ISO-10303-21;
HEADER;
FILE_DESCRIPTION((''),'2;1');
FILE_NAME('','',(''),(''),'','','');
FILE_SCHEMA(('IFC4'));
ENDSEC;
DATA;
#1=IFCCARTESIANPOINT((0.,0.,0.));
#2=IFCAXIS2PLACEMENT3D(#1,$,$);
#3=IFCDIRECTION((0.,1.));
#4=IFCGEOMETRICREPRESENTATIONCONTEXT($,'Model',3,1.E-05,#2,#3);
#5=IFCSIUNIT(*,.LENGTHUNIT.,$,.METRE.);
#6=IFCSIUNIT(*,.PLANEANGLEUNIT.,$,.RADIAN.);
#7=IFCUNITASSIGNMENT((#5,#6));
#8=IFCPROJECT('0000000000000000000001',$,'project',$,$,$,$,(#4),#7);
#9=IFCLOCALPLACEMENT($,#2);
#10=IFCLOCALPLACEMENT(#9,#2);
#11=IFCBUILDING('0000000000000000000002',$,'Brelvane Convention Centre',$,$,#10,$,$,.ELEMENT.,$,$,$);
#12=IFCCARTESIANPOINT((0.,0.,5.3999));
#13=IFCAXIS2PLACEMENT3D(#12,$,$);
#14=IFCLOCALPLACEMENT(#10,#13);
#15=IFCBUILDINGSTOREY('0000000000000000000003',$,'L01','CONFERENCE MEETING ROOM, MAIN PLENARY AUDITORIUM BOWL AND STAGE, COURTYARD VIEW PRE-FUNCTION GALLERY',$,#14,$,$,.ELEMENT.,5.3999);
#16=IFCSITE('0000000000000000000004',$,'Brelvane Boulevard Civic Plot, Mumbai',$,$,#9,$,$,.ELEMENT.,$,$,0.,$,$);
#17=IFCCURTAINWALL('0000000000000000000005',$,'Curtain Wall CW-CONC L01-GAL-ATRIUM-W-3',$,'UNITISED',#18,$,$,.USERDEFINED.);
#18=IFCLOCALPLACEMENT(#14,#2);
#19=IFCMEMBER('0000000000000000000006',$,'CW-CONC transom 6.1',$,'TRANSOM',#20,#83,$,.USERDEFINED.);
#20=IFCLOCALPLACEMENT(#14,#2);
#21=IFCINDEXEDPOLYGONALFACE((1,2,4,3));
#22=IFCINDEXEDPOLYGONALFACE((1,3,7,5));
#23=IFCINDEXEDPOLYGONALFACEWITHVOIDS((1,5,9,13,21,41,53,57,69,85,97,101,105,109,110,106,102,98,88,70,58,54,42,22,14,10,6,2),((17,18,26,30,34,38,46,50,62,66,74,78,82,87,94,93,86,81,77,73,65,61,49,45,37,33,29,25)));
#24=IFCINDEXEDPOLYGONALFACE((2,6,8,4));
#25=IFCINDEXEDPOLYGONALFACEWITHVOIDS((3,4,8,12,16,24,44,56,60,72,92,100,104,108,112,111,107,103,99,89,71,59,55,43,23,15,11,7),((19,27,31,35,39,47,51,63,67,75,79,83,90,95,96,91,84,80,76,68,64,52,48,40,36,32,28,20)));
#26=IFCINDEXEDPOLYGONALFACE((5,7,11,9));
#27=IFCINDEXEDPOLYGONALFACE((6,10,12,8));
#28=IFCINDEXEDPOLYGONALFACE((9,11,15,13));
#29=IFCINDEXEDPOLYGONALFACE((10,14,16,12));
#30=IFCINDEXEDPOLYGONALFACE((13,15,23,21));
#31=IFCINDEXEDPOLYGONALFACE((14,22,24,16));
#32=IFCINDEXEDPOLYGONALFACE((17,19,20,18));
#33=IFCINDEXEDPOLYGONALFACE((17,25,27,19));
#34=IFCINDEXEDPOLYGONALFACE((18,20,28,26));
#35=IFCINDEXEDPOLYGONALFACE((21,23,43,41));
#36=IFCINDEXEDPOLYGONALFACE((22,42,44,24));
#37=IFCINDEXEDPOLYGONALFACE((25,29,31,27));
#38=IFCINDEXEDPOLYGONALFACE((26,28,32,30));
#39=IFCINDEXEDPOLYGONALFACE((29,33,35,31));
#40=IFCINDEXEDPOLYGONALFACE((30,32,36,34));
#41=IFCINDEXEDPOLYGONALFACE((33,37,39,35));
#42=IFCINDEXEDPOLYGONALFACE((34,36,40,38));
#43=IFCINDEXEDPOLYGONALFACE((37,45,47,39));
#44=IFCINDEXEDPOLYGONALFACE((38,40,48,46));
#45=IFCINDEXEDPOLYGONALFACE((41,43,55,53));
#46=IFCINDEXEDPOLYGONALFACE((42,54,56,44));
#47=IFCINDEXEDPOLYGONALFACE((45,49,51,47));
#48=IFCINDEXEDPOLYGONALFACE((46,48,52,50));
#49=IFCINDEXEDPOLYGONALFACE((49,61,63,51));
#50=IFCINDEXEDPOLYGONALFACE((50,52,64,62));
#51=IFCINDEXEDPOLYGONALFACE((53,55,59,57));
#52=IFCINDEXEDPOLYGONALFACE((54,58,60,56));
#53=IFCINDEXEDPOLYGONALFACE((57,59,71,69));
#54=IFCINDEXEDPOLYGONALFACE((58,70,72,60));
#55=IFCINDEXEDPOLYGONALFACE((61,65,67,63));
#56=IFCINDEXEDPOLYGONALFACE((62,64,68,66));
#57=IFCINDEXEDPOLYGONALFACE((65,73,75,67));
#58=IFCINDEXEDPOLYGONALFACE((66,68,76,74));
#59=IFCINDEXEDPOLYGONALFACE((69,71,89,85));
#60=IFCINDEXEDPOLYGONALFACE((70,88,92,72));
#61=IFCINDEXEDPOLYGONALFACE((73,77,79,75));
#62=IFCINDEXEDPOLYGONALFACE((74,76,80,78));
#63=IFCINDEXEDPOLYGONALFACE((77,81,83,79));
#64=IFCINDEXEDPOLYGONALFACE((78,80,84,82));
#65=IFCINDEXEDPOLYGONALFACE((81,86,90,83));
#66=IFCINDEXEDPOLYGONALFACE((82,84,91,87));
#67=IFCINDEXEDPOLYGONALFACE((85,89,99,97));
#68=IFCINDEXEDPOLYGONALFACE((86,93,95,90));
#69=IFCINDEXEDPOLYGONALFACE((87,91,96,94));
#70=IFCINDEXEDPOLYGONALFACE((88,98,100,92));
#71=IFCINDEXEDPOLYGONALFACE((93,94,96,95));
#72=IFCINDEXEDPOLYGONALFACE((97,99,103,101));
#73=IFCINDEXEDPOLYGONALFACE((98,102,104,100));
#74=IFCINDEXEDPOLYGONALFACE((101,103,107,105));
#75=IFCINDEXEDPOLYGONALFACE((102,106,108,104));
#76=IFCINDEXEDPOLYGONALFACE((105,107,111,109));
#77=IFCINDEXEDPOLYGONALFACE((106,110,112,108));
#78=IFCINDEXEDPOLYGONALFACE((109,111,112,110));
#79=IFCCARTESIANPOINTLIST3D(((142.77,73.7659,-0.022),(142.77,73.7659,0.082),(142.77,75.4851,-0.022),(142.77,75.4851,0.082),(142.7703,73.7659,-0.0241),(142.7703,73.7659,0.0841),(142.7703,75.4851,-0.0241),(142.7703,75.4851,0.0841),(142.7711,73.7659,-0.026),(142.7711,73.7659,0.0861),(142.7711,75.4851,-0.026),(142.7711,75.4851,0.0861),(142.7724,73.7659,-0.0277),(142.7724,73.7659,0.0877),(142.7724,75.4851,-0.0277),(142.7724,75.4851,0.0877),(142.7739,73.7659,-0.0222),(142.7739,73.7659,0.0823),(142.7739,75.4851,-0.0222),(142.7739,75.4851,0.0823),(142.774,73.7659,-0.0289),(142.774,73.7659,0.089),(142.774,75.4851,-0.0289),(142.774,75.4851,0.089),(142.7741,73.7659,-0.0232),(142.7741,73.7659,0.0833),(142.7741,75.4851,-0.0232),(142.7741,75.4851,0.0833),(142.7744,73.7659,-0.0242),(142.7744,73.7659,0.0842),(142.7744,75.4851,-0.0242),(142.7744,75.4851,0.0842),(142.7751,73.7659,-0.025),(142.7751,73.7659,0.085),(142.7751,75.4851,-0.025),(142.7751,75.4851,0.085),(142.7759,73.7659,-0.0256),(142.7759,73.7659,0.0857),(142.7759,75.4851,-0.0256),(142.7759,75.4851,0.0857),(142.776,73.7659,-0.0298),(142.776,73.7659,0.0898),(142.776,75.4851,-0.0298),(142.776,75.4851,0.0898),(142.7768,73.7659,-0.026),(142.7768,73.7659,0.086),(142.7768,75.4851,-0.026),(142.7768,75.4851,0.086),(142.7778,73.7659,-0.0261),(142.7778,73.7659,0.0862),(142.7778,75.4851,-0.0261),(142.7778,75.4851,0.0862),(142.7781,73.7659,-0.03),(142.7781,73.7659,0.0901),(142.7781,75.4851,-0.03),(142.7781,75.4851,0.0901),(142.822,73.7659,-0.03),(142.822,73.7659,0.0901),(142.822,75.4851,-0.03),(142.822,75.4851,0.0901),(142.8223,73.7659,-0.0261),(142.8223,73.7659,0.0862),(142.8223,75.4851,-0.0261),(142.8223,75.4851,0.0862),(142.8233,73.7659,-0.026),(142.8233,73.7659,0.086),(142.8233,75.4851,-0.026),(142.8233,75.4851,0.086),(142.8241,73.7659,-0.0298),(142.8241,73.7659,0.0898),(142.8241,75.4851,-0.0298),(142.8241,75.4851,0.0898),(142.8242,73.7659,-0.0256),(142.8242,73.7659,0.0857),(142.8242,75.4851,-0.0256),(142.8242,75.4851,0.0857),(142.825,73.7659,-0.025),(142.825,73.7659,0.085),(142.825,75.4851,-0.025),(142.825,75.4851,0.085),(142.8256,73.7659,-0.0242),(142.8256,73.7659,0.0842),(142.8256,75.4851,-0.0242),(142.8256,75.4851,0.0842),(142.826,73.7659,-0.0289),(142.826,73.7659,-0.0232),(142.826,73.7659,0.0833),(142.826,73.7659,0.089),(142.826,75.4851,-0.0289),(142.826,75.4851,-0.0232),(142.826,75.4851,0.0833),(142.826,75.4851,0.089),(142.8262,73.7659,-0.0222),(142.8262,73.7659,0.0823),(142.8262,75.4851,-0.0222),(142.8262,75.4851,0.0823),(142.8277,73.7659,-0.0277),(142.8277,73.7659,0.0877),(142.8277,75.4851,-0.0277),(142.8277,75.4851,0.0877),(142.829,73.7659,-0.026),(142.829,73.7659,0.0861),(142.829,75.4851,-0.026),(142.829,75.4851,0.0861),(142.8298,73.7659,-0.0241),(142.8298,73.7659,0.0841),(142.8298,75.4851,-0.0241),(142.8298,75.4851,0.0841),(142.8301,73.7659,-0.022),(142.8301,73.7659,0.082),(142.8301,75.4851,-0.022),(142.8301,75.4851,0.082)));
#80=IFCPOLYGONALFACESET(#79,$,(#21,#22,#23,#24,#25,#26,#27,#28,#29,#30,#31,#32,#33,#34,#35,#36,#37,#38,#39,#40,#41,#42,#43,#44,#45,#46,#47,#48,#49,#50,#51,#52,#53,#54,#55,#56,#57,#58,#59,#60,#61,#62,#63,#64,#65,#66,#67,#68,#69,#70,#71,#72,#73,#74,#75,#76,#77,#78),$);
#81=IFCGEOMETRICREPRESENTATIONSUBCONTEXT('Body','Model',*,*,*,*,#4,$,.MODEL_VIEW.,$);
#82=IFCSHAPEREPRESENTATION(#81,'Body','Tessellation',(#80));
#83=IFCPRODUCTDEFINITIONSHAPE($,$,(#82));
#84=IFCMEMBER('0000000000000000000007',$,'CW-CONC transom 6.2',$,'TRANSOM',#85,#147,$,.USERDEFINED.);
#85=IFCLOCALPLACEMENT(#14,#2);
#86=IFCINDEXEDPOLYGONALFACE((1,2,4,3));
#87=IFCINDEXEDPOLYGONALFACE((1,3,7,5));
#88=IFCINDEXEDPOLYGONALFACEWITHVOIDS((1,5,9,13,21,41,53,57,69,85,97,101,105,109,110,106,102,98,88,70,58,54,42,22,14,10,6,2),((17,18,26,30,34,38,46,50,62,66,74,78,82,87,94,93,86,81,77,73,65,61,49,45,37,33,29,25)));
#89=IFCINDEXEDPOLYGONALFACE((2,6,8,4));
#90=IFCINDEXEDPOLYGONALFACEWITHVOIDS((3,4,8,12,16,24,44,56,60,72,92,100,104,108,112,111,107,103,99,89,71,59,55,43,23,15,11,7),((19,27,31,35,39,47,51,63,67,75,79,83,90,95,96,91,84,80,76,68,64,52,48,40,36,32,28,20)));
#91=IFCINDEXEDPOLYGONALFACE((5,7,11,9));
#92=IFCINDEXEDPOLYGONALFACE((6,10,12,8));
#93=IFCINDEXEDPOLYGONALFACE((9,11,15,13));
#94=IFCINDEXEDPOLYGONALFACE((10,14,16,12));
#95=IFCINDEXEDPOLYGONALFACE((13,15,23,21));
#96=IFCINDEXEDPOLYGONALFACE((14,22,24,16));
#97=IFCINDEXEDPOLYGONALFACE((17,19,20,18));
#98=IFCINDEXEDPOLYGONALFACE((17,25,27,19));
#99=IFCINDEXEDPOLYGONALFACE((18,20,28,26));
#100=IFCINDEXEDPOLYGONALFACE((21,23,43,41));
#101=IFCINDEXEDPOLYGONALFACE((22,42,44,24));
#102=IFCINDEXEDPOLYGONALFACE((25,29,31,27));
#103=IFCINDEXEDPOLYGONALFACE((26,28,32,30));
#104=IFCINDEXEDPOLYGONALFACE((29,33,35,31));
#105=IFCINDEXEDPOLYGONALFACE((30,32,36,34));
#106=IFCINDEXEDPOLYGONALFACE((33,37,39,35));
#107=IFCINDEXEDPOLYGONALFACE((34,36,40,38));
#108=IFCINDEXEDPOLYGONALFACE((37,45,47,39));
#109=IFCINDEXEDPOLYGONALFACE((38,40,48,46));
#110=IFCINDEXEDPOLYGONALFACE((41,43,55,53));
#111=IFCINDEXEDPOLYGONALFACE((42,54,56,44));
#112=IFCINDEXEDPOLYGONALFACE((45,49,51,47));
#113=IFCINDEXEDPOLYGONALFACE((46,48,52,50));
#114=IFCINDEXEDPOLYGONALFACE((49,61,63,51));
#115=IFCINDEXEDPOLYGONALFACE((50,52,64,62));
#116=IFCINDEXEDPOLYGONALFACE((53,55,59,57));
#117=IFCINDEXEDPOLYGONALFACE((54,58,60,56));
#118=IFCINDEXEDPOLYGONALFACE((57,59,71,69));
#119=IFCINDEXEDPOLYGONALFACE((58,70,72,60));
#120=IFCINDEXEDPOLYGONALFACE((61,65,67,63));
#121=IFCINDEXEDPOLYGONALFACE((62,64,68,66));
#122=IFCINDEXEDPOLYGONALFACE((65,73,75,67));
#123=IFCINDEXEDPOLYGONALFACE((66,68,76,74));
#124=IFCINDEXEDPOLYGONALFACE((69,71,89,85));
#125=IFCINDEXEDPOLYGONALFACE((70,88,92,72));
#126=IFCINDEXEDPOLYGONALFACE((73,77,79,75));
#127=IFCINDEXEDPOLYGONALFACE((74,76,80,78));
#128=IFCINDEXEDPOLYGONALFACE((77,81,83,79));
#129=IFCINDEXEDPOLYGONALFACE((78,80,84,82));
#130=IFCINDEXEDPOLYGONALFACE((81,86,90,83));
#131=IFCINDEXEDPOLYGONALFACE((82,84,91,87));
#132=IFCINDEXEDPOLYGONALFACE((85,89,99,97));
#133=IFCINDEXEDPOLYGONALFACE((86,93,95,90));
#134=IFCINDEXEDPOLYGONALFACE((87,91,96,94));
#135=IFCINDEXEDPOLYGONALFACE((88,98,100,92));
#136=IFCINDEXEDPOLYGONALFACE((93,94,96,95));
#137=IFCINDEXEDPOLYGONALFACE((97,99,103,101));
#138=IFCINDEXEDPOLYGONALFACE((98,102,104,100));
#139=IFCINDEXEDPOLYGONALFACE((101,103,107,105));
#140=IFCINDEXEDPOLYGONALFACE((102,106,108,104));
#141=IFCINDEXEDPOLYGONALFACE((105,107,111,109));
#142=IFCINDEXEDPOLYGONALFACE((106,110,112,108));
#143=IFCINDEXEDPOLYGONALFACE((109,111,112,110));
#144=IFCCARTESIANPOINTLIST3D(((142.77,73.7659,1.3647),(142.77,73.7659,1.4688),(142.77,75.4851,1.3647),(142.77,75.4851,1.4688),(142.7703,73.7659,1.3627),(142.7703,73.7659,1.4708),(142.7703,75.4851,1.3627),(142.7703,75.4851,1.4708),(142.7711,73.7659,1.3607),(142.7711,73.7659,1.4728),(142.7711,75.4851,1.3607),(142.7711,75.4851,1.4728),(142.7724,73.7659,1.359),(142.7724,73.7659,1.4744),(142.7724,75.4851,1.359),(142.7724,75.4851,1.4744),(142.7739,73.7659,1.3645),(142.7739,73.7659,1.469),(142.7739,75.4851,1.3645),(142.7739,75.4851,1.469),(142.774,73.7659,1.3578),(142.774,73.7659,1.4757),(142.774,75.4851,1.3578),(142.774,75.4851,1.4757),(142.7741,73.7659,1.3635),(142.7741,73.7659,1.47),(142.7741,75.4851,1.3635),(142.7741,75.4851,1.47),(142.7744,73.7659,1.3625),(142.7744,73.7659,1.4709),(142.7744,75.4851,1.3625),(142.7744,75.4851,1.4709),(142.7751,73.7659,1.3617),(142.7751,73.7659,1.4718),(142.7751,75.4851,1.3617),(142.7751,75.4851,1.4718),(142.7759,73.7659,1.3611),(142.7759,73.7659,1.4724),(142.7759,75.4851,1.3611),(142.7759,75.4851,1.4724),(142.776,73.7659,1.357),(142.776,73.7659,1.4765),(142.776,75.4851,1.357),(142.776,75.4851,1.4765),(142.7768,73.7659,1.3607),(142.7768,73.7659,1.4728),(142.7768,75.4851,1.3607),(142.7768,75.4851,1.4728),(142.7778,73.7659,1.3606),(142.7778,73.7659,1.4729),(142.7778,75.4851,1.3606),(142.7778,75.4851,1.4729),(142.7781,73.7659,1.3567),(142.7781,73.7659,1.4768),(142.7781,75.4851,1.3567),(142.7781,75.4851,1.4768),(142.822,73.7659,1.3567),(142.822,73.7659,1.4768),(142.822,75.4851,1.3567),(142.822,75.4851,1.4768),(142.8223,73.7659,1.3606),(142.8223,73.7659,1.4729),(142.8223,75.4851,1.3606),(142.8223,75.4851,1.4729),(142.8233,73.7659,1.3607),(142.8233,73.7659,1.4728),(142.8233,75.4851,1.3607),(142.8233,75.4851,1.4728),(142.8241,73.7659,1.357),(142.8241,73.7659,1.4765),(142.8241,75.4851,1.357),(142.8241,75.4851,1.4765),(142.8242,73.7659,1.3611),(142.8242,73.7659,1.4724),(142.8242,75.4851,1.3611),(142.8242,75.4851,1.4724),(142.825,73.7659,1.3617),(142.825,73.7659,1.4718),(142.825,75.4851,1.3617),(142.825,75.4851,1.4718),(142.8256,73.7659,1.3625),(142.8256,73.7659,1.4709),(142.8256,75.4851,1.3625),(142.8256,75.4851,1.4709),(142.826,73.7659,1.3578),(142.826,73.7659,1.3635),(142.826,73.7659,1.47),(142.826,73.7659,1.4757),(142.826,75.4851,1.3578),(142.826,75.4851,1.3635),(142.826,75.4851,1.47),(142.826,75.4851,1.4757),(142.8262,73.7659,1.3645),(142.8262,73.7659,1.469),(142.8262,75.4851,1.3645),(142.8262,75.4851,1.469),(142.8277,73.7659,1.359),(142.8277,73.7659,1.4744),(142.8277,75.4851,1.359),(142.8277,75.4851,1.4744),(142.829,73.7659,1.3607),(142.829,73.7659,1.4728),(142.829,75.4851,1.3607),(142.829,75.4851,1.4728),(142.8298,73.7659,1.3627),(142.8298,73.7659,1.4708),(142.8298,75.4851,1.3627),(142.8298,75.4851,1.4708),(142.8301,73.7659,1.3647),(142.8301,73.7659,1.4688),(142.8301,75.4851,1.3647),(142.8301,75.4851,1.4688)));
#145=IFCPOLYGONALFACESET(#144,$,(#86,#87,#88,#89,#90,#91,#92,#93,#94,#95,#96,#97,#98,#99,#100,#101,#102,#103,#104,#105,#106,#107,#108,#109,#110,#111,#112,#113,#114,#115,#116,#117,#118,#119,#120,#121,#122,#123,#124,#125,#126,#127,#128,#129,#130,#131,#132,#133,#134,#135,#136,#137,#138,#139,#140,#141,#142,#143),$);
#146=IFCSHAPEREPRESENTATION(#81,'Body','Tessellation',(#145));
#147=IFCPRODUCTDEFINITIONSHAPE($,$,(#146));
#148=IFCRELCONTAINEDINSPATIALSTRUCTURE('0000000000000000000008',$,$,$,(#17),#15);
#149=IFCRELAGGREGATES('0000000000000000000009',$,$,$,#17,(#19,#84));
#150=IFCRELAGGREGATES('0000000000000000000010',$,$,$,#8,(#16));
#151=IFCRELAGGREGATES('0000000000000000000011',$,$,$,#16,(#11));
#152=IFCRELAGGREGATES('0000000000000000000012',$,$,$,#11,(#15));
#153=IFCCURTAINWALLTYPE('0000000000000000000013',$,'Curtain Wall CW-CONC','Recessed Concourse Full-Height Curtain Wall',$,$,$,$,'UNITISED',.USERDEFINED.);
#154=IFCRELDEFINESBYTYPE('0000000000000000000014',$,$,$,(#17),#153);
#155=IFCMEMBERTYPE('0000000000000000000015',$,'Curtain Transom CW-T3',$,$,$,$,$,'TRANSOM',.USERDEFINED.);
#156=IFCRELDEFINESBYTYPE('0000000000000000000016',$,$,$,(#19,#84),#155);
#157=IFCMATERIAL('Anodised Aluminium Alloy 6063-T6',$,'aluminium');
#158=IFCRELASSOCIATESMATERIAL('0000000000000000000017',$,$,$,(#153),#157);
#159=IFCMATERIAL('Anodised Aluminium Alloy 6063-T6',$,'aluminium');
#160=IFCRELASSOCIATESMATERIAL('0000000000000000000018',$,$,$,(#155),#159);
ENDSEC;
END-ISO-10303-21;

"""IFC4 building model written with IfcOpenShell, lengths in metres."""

from ifc_helpers import new_model, si_unit, direction, frame, origin, origin_2d, place, context, subcontext, project, spatial, hollow_rectangle, extrude, material, material_profile, profile_set, type_object, element, aggregate, save


model = new_model("IFC4")

# Units and contexts
model_context = context("Model", 3, precision=1e-05, world=origin(), true_north=direction((0.0, 1.0)))
body_context = subcontext(model_context, "Body", "Model", "MODEL_VIEW")
ifc_project = project(units=[si_unit("LENGTHUNIT", "METRE"), si_unit("PLANEANGLEUNIT", "RADIAN")], contexts=[model_context])

# Site, building, storey
site_placement = place(None, origin())
site = spatial("IfcSite", under=ifc_project, at=site_placement, Name="Brelvane Boulevard Civic Plot, Mumbai", CompositionType="ELEMENT", RefElevation=0.0)
building_placement = place(site_placement, origin())
building = spatial("IfcBuilding", under=site, at=building_placement, Name="Brelvane Convention Centre", CompositionType="ELEMENT")
storey_placement = place(building_placement, frame((0.0, 0.0, 5.3999)))
storey = spatial("IfcBuildingStorey", under=building, at=storey_placement, Name="L01", Description="CONFERENCE MEETING ROOM, MAIN PLENARY AUDITORIUM BOWL AND STAGE, COURTYARD VIEW PRE-FUNCTION GALLERY", CompositionType="ELEMENT", Elevation=5.3999)

# Curtain wall
ifc_material_1 = material(Name="Anodised Aluminium Alloy 6063-T6", Category="aluminium")
curtain_wall_type = type_object("IfcCurtainWallType", Name="Curtain Wall CW-CONC", Description="Recessed Concourse Full-Height Curtain Wall", ElementType="UNITISED", PredefinedType="USERDEFINED", material=ifc_material_1)
curtain_wall_1_placement = place(storey_placement, origin())
curtain_wall_1 = element("IfcCurtainWall", 1, at=curtain_wall_1_placement, inside=storey, type_object=curtain_wall_type, Name="Curtain Wall CW-CONC L01-GAL-ATRIUM-W-3", ObjectType="UNITISED", PredefinedType="USERDEFINED")

# Members
ifc_material_2 = material(Name="Anodised Aluminium Alloy 6063-T6", Category="aluminium")
ifc_material_profile_1 = material_profile(ifc_material_2, hollow_rectangle(XDim=0.0601, YDim=0.1201, WallThickness=0.0039, InnerFilletRadius=0.0039, OuterFilletRadius=0.0081, at=origin_2d()), Name="ALU-T 120x60x4.0")
ifc_profile_set_1 = profile_set([ifc_material_profile_1], Name="Anodised Aluminium Alloy 6063-T6")
member_type_1 = type_object("IfcMemberType", Name="Curtain Transom CW-T3", ElementType="TRANSOM", PredefinedType="USERDEFINED", material=ifc_profile_set_1)
member_1_placement = place(storey_placement, frame((142.8, 73.7659, 0.03), z_axis=(0.0, 1.0, 0.0), x_axis=(-1.0, 0.0, 0.0)))
member_1 = element("IfcMember", 2, at=member_1_placement, type_object=member_type_1, Name="CW-CONC transom 6.1", ObjectType="TRANSOM", PredefinedType="USERDEFINED", context=body_context, shape_type="SweptSolid", body=[
    extrude(hollow_rectangle(XDim=0.0601, YDim=0.1201, WallThickness=0.0039, InnerFilletRadius=0.0039, OuterFilletRadius=0.0081, at=origin_2d()), origin(), (0.0, 0.0, 1.0), 1.7192),
])
member_2_placement = place(storey_placement, frame((142.8, 73.7659, 1.4167), z_axis=(0.0, 1.0, 0.0), x_axis=(-1.0, 0.0, 0.0)))
member_2 = element("IfcMember", 3, at=member_2_placement, type_object=member_type_1, Name="CW-CONC transom 6.2", ObjectType="TRANSOM", PredefinedType="USERDEFINED", context=body_context, shape_type="SweptSolid", body=[
    extrude(hollow_rectangle(XDim=0.0601, YDim=0.1201, WallThickness=0.0039, InnerFilletRadius=0.0039, OuterFilletRadius=0.0081, at=origin_2d()), origin(), (0.0, 0.0, 1.0), 1.7192),
])

aggregate(curtain_wall_1, [member_1, member_2])

save(model, "model.ifc")
